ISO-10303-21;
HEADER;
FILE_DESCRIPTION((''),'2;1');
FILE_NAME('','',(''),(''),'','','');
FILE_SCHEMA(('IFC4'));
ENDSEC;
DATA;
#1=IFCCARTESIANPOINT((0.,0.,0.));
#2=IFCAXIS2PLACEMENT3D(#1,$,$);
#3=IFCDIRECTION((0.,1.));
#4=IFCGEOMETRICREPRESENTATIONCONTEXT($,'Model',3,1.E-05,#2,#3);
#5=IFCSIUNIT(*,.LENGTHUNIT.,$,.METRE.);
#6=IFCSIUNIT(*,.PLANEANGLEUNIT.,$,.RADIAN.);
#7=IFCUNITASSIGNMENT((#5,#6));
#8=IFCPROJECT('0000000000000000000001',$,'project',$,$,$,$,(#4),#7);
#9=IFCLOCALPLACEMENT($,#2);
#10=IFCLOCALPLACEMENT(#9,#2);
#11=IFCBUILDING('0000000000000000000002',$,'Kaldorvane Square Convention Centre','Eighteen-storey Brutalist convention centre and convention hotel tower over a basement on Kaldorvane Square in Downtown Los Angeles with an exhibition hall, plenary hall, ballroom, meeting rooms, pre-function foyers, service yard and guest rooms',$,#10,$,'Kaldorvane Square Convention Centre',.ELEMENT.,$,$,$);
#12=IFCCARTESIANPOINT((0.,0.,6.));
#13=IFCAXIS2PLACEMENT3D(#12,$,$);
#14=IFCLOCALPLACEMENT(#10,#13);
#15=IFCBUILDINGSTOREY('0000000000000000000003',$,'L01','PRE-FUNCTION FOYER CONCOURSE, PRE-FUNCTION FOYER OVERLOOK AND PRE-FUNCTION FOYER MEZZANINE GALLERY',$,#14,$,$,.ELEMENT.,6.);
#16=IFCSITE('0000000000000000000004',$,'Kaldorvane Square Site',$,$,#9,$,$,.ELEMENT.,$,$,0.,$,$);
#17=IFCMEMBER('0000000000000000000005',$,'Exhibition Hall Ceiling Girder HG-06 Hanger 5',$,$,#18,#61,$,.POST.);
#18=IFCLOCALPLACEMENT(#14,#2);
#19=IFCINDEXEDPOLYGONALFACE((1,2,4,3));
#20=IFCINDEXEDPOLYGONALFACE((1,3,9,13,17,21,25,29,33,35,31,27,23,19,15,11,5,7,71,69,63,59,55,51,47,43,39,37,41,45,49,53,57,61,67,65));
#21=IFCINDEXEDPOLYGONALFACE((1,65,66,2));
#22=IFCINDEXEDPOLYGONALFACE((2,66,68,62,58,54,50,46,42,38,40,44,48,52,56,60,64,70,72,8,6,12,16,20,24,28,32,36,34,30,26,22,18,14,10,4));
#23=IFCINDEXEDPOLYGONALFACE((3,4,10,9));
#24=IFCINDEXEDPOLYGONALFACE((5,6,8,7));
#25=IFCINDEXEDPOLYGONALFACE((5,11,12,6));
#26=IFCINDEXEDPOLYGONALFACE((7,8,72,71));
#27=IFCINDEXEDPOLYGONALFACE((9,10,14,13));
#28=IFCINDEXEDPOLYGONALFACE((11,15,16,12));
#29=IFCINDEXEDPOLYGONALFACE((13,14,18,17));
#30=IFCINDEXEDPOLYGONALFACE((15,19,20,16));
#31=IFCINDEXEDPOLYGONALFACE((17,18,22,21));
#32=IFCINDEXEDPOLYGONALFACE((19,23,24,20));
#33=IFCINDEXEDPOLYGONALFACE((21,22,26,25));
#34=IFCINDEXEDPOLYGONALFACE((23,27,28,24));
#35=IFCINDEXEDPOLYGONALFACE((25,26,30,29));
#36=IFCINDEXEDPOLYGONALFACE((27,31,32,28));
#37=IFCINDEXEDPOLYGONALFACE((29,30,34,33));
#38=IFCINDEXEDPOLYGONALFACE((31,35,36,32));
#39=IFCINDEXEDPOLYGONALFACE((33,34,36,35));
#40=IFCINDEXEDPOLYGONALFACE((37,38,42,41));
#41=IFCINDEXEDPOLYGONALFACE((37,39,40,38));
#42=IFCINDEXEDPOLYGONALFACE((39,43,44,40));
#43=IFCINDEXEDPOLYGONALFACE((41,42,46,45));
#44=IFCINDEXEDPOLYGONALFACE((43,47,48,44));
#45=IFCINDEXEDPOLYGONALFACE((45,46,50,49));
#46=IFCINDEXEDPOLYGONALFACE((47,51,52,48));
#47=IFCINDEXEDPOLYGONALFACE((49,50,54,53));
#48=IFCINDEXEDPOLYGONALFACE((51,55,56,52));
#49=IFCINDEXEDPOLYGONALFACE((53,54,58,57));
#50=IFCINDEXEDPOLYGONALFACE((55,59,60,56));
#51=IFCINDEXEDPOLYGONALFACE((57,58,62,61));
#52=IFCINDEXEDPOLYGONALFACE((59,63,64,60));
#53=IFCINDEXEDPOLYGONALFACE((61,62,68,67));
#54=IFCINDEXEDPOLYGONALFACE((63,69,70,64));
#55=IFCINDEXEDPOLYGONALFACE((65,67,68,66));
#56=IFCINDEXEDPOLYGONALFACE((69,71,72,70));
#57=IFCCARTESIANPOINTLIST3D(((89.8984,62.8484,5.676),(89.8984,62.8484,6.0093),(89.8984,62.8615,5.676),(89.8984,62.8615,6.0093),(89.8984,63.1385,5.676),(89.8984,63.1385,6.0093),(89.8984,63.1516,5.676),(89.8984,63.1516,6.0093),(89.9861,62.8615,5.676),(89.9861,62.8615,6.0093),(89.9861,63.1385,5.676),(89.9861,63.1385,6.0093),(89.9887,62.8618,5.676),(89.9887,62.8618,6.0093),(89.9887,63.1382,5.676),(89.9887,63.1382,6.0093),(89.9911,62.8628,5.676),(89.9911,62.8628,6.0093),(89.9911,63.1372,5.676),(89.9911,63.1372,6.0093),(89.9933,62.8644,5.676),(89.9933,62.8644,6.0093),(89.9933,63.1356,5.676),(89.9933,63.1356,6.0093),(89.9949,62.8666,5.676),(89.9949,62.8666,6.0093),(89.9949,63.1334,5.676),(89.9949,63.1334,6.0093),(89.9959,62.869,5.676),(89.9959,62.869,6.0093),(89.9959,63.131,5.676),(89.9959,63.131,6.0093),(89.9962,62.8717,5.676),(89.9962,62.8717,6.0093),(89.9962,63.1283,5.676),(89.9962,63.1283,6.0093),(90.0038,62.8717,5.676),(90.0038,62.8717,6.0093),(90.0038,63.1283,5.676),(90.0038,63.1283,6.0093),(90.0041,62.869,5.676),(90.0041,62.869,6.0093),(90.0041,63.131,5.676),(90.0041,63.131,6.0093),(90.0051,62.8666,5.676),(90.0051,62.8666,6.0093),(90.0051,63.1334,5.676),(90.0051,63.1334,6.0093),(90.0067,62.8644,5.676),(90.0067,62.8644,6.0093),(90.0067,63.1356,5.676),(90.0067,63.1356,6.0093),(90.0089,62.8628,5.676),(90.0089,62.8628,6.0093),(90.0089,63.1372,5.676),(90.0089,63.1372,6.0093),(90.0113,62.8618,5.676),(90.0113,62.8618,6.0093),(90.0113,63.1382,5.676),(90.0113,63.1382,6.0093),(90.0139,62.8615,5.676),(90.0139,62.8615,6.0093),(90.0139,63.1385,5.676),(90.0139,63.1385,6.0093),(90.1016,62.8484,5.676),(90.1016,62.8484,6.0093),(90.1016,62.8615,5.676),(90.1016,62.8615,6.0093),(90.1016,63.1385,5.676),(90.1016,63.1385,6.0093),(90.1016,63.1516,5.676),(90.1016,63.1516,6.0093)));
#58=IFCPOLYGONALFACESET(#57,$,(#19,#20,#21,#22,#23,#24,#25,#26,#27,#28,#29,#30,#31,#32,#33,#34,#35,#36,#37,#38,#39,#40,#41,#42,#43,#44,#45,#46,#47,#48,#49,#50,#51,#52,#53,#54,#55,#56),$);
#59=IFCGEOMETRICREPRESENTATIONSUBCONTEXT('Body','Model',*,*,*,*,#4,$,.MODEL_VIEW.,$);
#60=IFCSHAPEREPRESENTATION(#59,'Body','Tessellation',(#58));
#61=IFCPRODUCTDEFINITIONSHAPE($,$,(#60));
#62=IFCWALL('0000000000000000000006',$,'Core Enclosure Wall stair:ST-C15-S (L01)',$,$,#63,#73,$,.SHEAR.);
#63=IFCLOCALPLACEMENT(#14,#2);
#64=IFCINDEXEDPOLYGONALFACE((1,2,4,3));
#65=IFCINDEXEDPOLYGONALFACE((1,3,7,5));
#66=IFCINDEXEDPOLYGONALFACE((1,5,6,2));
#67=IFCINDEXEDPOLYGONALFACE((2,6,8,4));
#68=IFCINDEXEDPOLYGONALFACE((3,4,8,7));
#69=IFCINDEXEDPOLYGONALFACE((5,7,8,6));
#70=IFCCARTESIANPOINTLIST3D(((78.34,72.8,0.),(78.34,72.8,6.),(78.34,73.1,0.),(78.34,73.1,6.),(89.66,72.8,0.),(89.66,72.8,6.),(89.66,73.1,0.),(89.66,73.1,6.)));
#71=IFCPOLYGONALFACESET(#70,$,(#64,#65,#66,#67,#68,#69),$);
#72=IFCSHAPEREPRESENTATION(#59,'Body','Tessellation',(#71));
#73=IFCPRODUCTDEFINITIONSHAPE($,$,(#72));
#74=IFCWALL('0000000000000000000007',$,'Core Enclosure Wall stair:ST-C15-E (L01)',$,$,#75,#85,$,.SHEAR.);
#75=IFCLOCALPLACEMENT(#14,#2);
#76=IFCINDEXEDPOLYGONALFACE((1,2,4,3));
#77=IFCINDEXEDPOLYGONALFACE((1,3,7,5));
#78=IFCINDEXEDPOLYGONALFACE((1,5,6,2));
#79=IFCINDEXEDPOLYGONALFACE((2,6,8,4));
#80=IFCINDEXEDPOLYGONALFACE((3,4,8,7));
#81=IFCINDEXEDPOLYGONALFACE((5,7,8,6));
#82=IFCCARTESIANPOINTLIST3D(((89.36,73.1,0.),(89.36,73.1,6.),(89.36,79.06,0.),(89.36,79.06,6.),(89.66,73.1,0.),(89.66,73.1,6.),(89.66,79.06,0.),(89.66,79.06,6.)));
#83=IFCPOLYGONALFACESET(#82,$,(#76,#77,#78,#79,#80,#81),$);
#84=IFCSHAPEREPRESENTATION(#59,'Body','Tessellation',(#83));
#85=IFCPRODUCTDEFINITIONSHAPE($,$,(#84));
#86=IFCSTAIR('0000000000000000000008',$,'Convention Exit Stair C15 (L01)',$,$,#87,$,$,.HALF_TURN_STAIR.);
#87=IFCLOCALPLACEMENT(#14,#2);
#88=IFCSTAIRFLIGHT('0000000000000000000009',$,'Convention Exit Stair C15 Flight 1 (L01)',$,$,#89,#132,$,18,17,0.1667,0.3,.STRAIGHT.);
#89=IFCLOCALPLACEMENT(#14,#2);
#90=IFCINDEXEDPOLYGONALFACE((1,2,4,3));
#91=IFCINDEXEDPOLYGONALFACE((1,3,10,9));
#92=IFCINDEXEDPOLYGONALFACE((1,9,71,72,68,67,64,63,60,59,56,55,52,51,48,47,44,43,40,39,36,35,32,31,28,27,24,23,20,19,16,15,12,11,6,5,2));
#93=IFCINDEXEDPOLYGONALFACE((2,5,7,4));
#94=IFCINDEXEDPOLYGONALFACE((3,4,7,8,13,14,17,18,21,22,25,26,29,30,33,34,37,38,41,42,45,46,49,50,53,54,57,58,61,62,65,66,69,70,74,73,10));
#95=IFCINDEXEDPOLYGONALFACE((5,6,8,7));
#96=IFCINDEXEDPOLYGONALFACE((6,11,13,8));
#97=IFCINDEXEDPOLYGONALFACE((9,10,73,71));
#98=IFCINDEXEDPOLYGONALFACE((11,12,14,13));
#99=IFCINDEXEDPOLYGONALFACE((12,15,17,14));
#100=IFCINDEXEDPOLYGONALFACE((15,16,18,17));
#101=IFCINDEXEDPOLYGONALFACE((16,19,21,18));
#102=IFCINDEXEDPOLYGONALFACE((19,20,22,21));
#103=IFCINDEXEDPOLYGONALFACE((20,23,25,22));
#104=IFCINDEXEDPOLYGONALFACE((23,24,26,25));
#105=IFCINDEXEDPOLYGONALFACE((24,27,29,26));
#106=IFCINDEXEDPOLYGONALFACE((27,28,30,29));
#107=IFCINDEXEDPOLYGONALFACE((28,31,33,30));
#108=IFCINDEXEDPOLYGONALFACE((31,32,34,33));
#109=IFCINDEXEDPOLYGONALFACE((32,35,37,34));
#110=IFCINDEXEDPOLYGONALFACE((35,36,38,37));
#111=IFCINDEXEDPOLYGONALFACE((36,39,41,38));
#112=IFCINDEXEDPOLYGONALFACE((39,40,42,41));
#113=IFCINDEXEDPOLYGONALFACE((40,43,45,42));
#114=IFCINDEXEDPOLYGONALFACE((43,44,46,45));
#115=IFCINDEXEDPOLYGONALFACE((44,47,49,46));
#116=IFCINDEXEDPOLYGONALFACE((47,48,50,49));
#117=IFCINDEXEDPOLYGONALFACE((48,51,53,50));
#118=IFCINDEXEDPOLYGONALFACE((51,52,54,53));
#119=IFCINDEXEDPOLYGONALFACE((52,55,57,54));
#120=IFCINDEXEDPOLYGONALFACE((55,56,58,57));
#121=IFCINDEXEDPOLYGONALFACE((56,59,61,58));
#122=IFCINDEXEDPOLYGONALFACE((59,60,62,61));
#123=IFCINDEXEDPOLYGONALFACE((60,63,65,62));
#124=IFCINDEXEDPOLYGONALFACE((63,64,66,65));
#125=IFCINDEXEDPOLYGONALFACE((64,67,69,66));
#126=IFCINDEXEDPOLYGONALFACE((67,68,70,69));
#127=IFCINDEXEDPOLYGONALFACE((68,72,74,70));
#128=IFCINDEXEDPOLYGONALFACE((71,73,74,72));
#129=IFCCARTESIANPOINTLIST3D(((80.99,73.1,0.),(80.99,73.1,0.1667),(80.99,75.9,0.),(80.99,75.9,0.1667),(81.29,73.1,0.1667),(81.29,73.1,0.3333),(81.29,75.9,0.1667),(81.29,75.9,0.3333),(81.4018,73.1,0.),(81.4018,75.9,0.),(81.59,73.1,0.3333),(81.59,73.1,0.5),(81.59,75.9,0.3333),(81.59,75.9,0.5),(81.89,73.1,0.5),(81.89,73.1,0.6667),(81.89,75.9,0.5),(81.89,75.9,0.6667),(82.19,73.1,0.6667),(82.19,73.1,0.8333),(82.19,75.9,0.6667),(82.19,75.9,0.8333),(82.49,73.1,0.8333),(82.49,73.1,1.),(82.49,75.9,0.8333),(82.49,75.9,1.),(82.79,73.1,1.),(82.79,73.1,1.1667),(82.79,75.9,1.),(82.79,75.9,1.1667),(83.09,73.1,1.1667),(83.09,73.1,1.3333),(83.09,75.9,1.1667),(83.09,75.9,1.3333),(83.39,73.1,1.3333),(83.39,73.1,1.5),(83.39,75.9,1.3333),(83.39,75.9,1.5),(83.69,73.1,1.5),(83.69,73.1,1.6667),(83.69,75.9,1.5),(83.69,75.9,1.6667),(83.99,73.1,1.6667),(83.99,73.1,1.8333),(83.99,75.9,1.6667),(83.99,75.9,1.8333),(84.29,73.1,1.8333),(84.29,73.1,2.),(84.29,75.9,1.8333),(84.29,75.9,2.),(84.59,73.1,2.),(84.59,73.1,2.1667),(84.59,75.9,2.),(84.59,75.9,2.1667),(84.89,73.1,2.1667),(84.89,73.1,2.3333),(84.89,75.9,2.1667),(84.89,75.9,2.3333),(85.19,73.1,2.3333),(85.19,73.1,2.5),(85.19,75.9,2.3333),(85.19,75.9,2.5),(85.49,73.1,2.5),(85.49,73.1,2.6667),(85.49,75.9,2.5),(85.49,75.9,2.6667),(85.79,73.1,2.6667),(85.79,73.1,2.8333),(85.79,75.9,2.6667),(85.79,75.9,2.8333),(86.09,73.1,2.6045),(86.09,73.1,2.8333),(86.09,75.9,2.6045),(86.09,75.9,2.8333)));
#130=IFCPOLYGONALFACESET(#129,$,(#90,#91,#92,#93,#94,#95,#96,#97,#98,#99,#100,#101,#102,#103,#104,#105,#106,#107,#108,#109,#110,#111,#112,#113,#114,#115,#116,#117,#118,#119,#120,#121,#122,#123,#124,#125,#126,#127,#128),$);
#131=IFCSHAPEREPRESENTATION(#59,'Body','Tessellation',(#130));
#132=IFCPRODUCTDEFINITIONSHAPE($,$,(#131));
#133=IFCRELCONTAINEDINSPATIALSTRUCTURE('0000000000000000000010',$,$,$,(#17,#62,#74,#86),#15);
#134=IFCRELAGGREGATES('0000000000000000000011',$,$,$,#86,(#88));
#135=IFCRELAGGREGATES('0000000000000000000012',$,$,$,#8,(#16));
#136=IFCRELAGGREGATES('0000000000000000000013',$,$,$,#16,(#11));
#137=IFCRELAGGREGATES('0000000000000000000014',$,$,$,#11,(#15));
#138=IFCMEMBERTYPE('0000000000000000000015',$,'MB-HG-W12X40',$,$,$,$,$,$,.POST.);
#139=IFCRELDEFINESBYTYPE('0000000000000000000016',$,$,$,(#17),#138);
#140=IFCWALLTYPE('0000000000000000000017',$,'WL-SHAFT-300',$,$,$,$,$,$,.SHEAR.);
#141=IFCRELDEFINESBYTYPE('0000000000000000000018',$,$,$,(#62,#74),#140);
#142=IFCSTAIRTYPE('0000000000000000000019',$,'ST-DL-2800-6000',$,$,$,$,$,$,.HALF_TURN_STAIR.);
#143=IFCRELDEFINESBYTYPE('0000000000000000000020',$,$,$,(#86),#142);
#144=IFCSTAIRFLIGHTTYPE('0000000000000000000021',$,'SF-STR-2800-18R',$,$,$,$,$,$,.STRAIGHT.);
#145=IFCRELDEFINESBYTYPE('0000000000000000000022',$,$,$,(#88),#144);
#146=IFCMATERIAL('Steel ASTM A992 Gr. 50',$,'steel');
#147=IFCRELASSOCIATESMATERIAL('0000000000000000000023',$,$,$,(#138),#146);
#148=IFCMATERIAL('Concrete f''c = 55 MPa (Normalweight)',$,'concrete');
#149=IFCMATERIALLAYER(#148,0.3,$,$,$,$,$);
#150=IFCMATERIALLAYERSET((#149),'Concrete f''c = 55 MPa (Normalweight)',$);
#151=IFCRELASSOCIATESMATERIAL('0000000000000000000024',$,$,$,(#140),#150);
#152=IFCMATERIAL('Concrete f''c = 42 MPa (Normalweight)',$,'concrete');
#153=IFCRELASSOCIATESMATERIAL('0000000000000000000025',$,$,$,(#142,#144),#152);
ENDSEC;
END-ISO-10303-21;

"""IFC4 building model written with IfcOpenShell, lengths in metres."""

from ifc_helpers import new_model, si_unit, direction, frame, frame_2d, origin, origin_2d, place, context, subcontext, project, spatial, polyline, rectangle, i_section, outline, extrude, material, layer, layer_set, material_profile, profile_set, type_object, element, aggregate, save


model = new_model("IFC4")

# Units and contexts
model_context = context("Model", 3, precision=1e-05, world=origin(), true_north=direction((0.0, 1.0)))
body_context = subcontext(model_context, "Body", "Model", "MODEL_VIEW")
ifc_project = project(units=[si_unit("LENGTHUNIT", "METRE"), si_unit("PLANEANGLEUNIT", "RADIAN")], contexts=[model_context])

# Site, building, storey
site_placement = place(None, origin())
site = spatial("IfcSite", under=ifc_project, at=site_placement, Name="Kaldorvane Square Site", CompositionType="ELEMENT", RefElevation=0.0)
building_placement = place(site_placement, origin())
building = spatial("IfcBuilding", under=site, at=building_placement, Name="Kaldorvane Square Convention Centre", Description="Eighteen-storey Brutalist convention centre and convention hotel tower over a basement on Kaldorvane Square in Downtown Los Angeles with an exhibition hall, plenary hall, ballroom, meeting rooms, pre-function foyers, service yard and guest rooms", LongName="Kaldorvane Square Convention Centre", CompositionType="ELEMENT")
storey_placement = place(building_placement, frame((0.0, 0.0, 6.0)))
storey = spatial("IfcBuildingStorey", under=building, at=storey_placement, Name="L01", Description="PRE-FUNCTION FOYER CONCOURSE, PRE-FUNCTION FOYER OVERLOOK AND PRE-FUNCTION FOYER MEZZANINE GALLERY", CompositionType="ELEMENT", Elevation=6.0)

# Shared definitions
ifc_material_1 = material(Name="Concrete f'c = 55 MPa (Normalweight)", Category="concrete")

# Shared definitions
ifc_material_2 = material(Name="Steel ASTM A992 Gr. 50", Category="steel")

# Member
ifc_material_profile_1 = material_profile(ifc_material_2, i_section(OverallWidth=0.2033, OverallDepth=0.3033, WebThickness=0.0075, FlangeThickness=0.0131, FilletRadius=0.0102, at=origin_2d()), Name="W12X40")
ifc_profile_set_1 = profile_set([ifc_material_profile_1], Name="Steel ASTM A992 Gr. 50")
member_type = type_object("IfcMemberType", Name="MB-HG-W12X40", PredefinedType="POST", material=ifc_profile_set_1)
for number, where, z_axis, x_axis, name in (
    (1, (90.0, 63.0, 5.676), (0.0, 0.0, 1.0), (1.0, 0.0, 0.0), "Exhibition Hall Ceiling Girder HG-06 Hanger 5"),
):
    element("IfcMember", number, at=place(storey_placement, frame(where, z_axis=z_axis, x_axis=x_axis)), inside=storey, type_object=member_type, Name=name, PredefinedType="POST", context=body_context, shape_type="SweptSolid", body=[
        extrude(i_section(OverallWidth=0.2033, OverallDepth=0.3033, WebThickness=0.0075, FlangeThickness=0.0131, FilletRadius=0.0102, at=origin_2d()), origin(), (0.0, 0.0, 1.0), 0.3333),
    ])

# Walls
ifc_layer = layer(ifc_material_1, 0.3)
ifc_layer_set = layer_set([ifc_layer], Name="Concrete f'c = 55 MPa (Normalweight)")
wall_type = type_object("IfcWallType", Name="WL-SHAFT-300", PredefinedType="SHEAR", material=ifc_layer_set)
wall_1_placement = place(storey_placement, frame((78.34, 72.95, 0.0), z_axis=(0.0, 0.0, 1.0), x_axis=(1.0, 0.0, 0.0)))
element("IfcWall", 2, at=wall_1_placement, inside=storey, type_object=wall_type, Name="Core Enclosure Wall stair:ST-C15-S (L01)", PredefinedType="SHEAR", context=body_context, shape_type="SweptSolid", body=[
    extrude(rectangle(XDim=11.32, YDim=0.3, at=frame_2d((5.66, 0.0))), origin(), (0.0, 0.0, 1.0), 6.0),
])
wall_2_placement = place(storey_placement, frame((89.51, 73.1, 0.0), z_axis=(0.0, 0.0, 1.0), x_axis=(0.0, 1.0, 0.0)))
element("IfcWall", 3, at=wall_2_placement, inside=storey, type_object=wall_type, Name="Core Enclosure Wall stair:ST-C15-E (L01)", PredefinedType="SHEAR", context=body_context, shape_type="SweptSolid", body=[
    extrude(rectangle(XDim=5.96, YDim=0.3, at=frame_2d((2.98, 0.0))), origin(), (0.0, 0.0, 1.0), 6.0),
])

# Stair, stair flight
ifc_material_3 = material(Name="Concrete f'c = 42 MPa (Normalweight)", Category="concrete")
stair_type = type_object("IfcStairType", Name="ST-DL-2800-6000", PredefinedType="HALF_TURN_STAIR", material=ifc_material_3)
stair_placement = place(storey_placement, origin())
stair = element("IfcStair", 4, at=stair_placement, inside=storey, type_object=stair_type, Name="Convention Exit Stair C15 (L01)", PredefinedType="HALF_TURN_STAIR")
stair_flight_type = type_object("IfcStairFlightType", Name="SF-STR-2800-18R", PredefinedType="STRAIGHT", material=ifc_material_3)
stair_flight_placement = place(storey_placement, frame((80.99, 74.5, 0.0), z_axis=(0.0, 0.0, 1.0), x_axis=(1.0, 0.0, 0.0)))
stair_flight = element("IfcStairFlight", 5, at=stair_flight_placement, type_object=stair_flight_type, Name="Convention Exit Stair C15 Flight 1 (L01)", NumberOfRisers=18, NumberOfTreads=17, PredefinedType="STRAIGHT", RiserHeight=0.1667, TreadLength=0.3, context=body_context, shape_type="SweptSolid", body=[
    extrude(outline(polyline([(0.0, 0.0), (0.0, 0.1667), (0.3, 0.1667), (0.3, 0.3333), (0.6, 0.3333), (0.6, 0.5), (0.9, 0.5), (0.9, 0.6667), (1.2, 0.6667), (1.2, 0.8333), (1.5, 0.8333), (1.5, 1.0), (1.8, 1.0), (1.8, 1.1667), (2.1, 1.1667), (2.1, 1.3333), (2.4, 1.3333), (2.4, 1.5), (2.7, 1.5), (2.7, 1.6667), (3.0, 1.6667), (3.0, 1.8333), (3.3, 1.8333), (3.3, 2.0), (3.6, 2.0), (3.6, 2.1667), (3.9, 2.1667), (3.9, 2.3333), (4.2, 2.3333), (4.2, 2.5), (4.5, 2.5), (4.5, 2.6667), (4.8, 2.6667), (4.8, 2.8333), (5.1, 2.8333), (5.1, 3.0), (5.1, 2.6045), (0.4118, 0.0), (0.0, 0.0)])), frame((0.0, 1.4, 0.0), z_axis=(0.0, -1.0, 0.0), x_axis=(1.0, 0.0, 0.0)), (0.0, 0.0, 1.0), 2.8),
])
aggregate(stair, [stair_flight])

save(model, "model.ifc")
